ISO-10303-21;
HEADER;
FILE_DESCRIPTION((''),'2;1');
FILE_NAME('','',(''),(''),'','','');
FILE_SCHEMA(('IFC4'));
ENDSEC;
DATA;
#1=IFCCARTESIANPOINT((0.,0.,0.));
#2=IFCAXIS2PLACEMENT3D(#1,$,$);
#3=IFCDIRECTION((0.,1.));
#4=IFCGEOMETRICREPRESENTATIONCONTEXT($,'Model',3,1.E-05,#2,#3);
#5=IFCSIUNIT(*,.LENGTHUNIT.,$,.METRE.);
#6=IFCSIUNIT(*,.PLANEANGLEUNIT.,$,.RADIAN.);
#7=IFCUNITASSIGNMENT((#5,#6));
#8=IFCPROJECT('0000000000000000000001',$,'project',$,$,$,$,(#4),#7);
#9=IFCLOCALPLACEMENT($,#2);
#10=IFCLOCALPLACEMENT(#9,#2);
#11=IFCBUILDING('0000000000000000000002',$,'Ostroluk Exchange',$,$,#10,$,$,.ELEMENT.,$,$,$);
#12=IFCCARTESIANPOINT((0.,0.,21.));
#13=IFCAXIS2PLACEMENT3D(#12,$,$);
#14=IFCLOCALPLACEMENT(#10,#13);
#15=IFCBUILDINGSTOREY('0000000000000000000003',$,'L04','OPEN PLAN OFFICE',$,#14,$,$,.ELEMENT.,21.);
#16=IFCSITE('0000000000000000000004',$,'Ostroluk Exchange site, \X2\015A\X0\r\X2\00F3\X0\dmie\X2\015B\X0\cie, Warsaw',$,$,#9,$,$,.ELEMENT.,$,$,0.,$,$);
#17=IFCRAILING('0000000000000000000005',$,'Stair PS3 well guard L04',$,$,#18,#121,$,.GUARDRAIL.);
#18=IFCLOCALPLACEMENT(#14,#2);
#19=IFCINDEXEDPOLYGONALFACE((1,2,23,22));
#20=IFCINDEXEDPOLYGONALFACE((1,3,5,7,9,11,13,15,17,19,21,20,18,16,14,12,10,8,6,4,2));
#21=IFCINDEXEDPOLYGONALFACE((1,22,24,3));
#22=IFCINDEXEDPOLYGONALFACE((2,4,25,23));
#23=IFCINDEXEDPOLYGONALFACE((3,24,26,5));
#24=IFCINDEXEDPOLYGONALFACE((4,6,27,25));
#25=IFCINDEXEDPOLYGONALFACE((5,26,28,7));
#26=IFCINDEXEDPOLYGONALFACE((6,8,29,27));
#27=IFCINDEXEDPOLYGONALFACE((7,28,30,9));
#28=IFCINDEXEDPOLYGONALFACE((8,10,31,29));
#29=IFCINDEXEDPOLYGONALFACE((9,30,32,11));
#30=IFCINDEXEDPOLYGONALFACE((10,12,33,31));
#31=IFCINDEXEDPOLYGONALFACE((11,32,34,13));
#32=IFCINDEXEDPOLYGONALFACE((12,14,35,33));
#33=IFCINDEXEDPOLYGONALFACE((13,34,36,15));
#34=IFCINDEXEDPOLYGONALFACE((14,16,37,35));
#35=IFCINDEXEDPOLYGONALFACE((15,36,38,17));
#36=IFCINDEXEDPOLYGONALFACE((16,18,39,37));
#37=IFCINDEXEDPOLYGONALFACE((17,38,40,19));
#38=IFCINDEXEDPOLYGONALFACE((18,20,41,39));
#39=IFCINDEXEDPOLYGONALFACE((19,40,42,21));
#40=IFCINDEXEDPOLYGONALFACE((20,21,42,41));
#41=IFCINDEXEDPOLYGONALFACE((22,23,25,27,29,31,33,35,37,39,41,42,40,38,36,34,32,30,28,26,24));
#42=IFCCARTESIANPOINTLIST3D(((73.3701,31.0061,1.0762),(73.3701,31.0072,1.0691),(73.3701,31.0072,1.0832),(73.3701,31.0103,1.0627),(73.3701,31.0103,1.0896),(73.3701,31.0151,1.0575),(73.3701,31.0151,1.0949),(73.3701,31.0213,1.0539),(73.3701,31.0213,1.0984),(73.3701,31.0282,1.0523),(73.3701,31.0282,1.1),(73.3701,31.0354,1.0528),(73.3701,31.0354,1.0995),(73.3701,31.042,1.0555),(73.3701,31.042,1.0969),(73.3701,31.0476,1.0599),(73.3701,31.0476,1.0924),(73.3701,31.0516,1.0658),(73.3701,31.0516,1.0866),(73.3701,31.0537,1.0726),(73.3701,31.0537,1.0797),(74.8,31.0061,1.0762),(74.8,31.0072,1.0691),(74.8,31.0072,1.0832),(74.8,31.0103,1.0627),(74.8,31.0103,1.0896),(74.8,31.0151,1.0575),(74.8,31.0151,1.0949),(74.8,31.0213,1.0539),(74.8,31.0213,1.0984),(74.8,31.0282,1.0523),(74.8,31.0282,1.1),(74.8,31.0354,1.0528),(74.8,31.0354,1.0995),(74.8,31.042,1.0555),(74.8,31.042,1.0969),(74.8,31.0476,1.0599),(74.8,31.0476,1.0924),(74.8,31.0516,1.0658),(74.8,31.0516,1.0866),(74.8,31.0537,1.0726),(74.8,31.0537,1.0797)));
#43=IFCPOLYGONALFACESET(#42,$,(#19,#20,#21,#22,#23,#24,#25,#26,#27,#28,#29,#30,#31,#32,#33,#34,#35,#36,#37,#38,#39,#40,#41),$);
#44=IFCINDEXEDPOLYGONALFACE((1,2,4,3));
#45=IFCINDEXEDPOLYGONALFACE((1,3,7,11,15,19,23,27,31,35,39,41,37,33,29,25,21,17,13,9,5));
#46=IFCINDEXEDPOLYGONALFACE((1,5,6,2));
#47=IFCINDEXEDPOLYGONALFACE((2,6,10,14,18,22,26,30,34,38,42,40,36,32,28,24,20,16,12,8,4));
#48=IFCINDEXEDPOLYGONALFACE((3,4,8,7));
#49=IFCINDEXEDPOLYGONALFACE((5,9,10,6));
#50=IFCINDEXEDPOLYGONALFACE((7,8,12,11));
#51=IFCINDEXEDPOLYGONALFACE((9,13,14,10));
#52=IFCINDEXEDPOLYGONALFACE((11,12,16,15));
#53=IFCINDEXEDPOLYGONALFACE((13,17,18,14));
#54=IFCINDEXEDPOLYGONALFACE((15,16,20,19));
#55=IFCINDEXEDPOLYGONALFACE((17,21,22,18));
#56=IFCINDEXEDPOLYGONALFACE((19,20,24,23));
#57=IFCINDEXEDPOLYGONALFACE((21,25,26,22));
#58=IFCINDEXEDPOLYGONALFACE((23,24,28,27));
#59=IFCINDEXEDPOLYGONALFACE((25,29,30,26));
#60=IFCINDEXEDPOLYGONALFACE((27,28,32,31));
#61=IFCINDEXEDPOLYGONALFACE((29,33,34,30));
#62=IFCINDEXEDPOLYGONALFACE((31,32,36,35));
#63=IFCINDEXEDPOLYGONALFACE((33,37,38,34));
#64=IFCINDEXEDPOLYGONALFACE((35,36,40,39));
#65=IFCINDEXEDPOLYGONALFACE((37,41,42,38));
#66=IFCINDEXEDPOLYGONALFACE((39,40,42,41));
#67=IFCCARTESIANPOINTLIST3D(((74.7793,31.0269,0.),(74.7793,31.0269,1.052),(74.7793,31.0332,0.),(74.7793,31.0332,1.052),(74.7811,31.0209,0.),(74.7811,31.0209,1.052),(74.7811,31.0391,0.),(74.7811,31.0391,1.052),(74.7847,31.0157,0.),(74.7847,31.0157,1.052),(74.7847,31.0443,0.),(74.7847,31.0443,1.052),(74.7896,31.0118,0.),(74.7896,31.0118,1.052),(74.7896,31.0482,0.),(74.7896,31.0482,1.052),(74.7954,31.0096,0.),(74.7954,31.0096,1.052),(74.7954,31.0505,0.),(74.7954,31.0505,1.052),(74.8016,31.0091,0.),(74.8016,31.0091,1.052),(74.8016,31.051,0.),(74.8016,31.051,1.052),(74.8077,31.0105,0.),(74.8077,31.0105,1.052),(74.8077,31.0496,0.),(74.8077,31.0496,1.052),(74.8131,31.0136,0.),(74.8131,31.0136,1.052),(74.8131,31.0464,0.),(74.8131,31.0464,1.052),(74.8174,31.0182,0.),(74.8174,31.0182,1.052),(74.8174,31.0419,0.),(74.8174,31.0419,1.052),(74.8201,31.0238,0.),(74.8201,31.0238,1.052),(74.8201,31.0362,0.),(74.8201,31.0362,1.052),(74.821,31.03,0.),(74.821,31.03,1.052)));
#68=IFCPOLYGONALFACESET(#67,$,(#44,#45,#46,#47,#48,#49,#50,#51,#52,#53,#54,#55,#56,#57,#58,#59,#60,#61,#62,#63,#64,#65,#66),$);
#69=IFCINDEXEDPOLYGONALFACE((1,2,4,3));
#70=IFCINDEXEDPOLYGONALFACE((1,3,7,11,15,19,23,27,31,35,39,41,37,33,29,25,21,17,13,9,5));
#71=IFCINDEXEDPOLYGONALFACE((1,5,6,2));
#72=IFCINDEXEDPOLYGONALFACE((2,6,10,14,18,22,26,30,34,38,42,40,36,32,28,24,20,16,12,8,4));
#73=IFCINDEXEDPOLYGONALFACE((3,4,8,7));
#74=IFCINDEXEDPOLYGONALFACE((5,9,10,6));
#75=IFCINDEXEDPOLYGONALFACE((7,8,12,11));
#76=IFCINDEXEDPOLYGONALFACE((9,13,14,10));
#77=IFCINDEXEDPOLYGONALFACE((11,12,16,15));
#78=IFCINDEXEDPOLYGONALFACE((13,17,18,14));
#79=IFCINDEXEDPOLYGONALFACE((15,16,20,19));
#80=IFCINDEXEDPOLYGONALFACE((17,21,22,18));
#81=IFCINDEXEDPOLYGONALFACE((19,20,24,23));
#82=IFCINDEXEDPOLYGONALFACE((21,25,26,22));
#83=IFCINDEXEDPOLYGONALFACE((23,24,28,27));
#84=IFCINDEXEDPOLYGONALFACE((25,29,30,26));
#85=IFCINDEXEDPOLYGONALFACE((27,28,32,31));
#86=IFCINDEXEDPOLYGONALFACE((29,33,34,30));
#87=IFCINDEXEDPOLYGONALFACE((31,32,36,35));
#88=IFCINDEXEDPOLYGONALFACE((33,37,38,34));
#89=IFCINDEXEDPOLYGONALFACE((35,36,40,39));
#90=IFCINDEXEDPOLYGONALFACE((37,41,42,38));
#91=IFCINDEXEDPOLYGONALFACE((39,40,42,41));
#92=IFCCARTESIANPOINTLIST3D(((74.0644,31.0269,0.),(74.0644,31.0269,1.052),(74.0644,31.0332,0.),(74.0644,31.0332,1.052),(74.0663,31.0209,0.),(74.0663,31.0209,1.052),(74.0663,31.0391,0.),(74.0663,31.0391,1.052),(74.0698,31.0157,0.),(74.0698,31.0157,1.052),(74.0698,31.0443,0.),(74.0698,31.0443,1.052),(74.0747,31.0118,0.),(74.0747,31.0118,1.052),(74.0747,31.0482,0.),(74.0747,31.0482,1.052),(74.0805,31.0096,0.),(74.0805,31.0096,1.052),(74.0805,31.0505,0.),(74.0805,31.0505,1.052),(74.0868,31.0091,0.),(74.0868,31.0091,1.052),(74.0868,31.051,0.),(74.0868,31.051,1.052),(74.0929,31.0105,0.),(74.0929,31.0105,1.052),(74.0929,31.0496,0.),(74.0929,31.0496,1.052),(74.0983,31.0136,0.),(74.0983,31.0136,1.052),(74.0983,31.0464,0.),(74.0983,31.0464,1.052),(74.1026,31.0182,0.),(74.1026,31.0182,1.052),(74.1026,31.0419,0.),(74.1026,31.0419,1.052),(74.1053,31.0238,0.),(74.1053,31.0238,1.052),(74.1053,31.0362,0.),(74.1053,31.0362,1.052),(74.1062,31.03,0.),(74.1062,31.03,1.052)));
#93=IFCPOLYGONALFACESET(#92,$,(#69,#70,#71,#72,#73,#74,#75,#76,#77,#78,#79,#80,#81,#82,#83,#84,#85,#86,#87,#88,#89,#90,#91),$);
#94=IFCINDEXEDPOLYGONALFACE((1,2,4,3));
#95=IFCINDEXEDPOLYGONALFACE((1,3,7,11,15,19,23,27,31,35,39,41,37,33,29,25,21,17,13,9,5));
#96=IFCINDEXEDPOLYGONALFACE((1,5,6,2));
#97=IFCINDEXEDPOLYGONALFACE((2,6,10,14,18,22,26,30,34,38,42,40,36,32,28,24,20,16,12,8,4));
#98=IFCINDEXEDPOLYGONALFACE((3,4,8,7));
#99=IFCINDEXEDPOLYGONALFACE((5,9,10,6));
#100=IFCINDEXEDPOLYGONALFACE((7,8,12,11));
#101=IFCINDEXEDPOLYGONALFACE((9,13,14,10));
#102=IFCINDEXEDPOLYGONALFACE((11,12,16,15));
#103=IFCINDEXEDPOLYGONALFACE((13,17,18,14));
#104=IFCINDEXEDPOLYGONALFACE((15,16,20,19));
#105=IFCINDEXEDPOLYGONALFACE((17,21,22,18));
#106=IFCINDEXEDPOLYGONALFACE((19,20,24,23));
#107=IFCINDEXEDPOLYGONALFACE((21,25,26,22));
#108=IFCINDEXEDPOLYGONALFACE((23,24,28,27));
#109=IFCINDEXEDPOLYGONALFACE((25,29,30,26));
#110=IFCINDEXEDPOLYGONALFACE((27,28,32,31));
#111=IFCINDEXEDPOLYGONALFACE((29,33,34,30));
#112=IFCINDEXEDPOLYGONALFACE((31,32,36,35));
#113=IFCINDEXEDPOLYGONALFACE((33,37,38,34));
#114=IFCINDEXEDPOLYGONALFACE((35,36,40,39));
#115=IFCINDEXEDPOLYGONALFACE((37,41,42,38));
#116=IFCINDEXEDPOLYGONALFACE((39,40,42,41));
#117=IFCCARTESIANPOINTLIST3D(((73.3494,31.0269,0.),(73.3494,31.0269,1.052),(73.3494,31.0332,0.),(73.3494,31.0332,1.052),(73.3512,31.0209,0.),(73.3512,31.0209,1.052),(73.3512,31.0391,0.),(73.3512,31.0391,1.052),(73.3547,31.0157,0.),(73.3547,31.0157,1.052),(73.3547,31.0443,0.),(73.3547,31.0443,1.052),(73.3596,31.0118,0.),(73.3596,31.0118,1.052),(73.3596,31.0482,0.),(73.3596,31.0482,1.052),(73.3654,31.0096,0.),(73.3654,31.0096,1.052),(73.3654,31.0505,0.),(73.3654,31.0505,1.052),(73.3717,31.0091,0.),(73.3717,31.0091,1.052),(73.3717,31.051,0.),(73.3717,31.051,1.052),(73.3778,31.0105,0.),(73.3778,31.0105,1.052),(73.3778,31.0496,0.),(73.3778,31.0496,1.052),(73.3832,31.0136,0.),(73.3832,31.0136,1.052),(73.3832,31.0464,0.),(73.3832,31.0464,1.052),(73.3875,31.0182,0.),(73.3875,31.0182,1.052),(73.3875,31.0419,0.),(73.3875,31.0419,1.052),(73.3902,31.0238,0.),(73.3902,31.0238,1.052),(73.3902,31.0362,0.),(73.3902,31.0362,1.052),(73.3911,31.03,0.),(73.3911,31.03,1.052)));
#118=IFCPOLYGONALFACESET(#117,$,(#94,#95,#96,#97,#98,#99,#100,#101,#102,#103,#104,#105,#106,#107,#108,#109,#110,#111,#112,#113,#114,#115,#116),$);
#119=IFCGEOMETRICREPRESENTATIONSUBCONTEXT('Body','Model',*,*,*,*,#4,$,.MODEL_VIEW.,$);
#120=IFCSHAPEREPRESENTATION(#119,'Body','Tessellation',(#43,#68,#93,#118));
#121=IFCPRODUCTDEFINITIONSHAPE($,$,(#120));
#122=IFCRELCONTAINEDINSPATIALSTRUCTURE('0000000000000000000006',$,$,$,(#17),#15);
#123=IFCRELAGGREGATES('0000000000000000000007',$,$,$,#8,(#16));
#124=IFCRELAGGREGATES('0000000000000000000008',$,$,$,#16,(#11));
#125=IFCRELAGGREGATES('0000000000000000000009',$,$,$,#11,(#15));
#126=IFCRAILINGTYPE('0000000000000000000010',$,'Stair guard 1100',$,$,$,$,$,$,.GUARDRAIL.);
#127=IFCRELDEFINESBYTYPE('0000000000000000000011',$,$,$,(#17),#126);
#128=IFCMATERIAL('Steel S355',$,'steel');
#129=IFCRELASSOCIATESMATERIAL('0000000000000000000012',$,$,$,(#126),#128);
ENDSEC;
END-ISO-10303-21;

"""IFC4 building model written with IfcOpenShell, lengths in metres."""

from ifc_helpers import new_model, si_unit, direction, frame, origin, origin_2d, place, context, subcontext, project, spatial, circle, extrude, material, type_object, element, save


model = new_model("IFC4")

# Units and contexts
model_context = context("Model", 3, precision=1e-05, world=origin(), true_north=direction((0.0, 1.0)))
body_context = subcontext(model_context, "Body", "Model", "MODEL_VIEW")
ifc_project = project(units=[si_unit("LENGTHUNIT", "METRE"), si_unit("PLANEANGLEUNIT", "RADIAN")], contexts=[model_context])

# Site, building, storey
site_placement = place(None, origin())
site = spatial("IfcSite", under=ifc_project, at=site_placement, Name="Ostroluk Exchange site, Śródmieście, Warsaw", CompositionType="ELEMENT", RefElevation=0.0)
building_placement = place(site_placement, origin())
building = spatial("IfcBuilding", under=site, at=building_placement, Name="Ostroluk Exchange", CompositionType="ELEMENT")
storey_placement = place(building_placement, frame((0.0, 0.0, 21.0)))
storey = spatial("IfcBuildingStorey", under=building, at=storey_placement, Name="L04", Description="OPEN PLAN OFFICE", CompositionType="ELEMENT", Elevation=21.0)

# Railing
ifc_material_1 = material(Name="Steel S355", Category="steel")
railing_type_1 = type_object("IfcRailingType", Name="Stair guard 1100", PredefinedType="GUARDRAIL", material=ifc_material_1)
railing_1_placement = place(storey_placement, frame((74.8, 31.03, 0.0)))
element("IfcRailing", 1, at=railing_1_placement, inside=storey, type_object=railing_type_1, Name="Stair PS3 well guard L04", PredefinedType="GUARDRAIL", context=body_context, shape_type="SweptSolid", body=[
    extrude(circle(Radius=0.0239, at=origin_2d()), frame((0.0, 0.0, 1.0762), z_axis=(-1.0, 0.0, 0.0), x_axis=(0.0, -1.0, 0.0)), (0.0, 0.0, 1.0), 1.4299),
    extrude(circle(Radius=0.021, at=origin_2d()), origin(), (0.0, 0.0, 1.0), 1.052),
    extrude(circle(Radius=0.021, at=origin_2d()), frame((-0.7148, 0.0, 0.0)), (0.0, 0.0, 1.0), 1.052),
    extrude(circle(Radius=0.021, at=origin_2d()), frame((-1.4299, 0.0, 0.0)), (0.0, 0.0, 1.0), 1.052),
])

save(model, "model.ifc")
